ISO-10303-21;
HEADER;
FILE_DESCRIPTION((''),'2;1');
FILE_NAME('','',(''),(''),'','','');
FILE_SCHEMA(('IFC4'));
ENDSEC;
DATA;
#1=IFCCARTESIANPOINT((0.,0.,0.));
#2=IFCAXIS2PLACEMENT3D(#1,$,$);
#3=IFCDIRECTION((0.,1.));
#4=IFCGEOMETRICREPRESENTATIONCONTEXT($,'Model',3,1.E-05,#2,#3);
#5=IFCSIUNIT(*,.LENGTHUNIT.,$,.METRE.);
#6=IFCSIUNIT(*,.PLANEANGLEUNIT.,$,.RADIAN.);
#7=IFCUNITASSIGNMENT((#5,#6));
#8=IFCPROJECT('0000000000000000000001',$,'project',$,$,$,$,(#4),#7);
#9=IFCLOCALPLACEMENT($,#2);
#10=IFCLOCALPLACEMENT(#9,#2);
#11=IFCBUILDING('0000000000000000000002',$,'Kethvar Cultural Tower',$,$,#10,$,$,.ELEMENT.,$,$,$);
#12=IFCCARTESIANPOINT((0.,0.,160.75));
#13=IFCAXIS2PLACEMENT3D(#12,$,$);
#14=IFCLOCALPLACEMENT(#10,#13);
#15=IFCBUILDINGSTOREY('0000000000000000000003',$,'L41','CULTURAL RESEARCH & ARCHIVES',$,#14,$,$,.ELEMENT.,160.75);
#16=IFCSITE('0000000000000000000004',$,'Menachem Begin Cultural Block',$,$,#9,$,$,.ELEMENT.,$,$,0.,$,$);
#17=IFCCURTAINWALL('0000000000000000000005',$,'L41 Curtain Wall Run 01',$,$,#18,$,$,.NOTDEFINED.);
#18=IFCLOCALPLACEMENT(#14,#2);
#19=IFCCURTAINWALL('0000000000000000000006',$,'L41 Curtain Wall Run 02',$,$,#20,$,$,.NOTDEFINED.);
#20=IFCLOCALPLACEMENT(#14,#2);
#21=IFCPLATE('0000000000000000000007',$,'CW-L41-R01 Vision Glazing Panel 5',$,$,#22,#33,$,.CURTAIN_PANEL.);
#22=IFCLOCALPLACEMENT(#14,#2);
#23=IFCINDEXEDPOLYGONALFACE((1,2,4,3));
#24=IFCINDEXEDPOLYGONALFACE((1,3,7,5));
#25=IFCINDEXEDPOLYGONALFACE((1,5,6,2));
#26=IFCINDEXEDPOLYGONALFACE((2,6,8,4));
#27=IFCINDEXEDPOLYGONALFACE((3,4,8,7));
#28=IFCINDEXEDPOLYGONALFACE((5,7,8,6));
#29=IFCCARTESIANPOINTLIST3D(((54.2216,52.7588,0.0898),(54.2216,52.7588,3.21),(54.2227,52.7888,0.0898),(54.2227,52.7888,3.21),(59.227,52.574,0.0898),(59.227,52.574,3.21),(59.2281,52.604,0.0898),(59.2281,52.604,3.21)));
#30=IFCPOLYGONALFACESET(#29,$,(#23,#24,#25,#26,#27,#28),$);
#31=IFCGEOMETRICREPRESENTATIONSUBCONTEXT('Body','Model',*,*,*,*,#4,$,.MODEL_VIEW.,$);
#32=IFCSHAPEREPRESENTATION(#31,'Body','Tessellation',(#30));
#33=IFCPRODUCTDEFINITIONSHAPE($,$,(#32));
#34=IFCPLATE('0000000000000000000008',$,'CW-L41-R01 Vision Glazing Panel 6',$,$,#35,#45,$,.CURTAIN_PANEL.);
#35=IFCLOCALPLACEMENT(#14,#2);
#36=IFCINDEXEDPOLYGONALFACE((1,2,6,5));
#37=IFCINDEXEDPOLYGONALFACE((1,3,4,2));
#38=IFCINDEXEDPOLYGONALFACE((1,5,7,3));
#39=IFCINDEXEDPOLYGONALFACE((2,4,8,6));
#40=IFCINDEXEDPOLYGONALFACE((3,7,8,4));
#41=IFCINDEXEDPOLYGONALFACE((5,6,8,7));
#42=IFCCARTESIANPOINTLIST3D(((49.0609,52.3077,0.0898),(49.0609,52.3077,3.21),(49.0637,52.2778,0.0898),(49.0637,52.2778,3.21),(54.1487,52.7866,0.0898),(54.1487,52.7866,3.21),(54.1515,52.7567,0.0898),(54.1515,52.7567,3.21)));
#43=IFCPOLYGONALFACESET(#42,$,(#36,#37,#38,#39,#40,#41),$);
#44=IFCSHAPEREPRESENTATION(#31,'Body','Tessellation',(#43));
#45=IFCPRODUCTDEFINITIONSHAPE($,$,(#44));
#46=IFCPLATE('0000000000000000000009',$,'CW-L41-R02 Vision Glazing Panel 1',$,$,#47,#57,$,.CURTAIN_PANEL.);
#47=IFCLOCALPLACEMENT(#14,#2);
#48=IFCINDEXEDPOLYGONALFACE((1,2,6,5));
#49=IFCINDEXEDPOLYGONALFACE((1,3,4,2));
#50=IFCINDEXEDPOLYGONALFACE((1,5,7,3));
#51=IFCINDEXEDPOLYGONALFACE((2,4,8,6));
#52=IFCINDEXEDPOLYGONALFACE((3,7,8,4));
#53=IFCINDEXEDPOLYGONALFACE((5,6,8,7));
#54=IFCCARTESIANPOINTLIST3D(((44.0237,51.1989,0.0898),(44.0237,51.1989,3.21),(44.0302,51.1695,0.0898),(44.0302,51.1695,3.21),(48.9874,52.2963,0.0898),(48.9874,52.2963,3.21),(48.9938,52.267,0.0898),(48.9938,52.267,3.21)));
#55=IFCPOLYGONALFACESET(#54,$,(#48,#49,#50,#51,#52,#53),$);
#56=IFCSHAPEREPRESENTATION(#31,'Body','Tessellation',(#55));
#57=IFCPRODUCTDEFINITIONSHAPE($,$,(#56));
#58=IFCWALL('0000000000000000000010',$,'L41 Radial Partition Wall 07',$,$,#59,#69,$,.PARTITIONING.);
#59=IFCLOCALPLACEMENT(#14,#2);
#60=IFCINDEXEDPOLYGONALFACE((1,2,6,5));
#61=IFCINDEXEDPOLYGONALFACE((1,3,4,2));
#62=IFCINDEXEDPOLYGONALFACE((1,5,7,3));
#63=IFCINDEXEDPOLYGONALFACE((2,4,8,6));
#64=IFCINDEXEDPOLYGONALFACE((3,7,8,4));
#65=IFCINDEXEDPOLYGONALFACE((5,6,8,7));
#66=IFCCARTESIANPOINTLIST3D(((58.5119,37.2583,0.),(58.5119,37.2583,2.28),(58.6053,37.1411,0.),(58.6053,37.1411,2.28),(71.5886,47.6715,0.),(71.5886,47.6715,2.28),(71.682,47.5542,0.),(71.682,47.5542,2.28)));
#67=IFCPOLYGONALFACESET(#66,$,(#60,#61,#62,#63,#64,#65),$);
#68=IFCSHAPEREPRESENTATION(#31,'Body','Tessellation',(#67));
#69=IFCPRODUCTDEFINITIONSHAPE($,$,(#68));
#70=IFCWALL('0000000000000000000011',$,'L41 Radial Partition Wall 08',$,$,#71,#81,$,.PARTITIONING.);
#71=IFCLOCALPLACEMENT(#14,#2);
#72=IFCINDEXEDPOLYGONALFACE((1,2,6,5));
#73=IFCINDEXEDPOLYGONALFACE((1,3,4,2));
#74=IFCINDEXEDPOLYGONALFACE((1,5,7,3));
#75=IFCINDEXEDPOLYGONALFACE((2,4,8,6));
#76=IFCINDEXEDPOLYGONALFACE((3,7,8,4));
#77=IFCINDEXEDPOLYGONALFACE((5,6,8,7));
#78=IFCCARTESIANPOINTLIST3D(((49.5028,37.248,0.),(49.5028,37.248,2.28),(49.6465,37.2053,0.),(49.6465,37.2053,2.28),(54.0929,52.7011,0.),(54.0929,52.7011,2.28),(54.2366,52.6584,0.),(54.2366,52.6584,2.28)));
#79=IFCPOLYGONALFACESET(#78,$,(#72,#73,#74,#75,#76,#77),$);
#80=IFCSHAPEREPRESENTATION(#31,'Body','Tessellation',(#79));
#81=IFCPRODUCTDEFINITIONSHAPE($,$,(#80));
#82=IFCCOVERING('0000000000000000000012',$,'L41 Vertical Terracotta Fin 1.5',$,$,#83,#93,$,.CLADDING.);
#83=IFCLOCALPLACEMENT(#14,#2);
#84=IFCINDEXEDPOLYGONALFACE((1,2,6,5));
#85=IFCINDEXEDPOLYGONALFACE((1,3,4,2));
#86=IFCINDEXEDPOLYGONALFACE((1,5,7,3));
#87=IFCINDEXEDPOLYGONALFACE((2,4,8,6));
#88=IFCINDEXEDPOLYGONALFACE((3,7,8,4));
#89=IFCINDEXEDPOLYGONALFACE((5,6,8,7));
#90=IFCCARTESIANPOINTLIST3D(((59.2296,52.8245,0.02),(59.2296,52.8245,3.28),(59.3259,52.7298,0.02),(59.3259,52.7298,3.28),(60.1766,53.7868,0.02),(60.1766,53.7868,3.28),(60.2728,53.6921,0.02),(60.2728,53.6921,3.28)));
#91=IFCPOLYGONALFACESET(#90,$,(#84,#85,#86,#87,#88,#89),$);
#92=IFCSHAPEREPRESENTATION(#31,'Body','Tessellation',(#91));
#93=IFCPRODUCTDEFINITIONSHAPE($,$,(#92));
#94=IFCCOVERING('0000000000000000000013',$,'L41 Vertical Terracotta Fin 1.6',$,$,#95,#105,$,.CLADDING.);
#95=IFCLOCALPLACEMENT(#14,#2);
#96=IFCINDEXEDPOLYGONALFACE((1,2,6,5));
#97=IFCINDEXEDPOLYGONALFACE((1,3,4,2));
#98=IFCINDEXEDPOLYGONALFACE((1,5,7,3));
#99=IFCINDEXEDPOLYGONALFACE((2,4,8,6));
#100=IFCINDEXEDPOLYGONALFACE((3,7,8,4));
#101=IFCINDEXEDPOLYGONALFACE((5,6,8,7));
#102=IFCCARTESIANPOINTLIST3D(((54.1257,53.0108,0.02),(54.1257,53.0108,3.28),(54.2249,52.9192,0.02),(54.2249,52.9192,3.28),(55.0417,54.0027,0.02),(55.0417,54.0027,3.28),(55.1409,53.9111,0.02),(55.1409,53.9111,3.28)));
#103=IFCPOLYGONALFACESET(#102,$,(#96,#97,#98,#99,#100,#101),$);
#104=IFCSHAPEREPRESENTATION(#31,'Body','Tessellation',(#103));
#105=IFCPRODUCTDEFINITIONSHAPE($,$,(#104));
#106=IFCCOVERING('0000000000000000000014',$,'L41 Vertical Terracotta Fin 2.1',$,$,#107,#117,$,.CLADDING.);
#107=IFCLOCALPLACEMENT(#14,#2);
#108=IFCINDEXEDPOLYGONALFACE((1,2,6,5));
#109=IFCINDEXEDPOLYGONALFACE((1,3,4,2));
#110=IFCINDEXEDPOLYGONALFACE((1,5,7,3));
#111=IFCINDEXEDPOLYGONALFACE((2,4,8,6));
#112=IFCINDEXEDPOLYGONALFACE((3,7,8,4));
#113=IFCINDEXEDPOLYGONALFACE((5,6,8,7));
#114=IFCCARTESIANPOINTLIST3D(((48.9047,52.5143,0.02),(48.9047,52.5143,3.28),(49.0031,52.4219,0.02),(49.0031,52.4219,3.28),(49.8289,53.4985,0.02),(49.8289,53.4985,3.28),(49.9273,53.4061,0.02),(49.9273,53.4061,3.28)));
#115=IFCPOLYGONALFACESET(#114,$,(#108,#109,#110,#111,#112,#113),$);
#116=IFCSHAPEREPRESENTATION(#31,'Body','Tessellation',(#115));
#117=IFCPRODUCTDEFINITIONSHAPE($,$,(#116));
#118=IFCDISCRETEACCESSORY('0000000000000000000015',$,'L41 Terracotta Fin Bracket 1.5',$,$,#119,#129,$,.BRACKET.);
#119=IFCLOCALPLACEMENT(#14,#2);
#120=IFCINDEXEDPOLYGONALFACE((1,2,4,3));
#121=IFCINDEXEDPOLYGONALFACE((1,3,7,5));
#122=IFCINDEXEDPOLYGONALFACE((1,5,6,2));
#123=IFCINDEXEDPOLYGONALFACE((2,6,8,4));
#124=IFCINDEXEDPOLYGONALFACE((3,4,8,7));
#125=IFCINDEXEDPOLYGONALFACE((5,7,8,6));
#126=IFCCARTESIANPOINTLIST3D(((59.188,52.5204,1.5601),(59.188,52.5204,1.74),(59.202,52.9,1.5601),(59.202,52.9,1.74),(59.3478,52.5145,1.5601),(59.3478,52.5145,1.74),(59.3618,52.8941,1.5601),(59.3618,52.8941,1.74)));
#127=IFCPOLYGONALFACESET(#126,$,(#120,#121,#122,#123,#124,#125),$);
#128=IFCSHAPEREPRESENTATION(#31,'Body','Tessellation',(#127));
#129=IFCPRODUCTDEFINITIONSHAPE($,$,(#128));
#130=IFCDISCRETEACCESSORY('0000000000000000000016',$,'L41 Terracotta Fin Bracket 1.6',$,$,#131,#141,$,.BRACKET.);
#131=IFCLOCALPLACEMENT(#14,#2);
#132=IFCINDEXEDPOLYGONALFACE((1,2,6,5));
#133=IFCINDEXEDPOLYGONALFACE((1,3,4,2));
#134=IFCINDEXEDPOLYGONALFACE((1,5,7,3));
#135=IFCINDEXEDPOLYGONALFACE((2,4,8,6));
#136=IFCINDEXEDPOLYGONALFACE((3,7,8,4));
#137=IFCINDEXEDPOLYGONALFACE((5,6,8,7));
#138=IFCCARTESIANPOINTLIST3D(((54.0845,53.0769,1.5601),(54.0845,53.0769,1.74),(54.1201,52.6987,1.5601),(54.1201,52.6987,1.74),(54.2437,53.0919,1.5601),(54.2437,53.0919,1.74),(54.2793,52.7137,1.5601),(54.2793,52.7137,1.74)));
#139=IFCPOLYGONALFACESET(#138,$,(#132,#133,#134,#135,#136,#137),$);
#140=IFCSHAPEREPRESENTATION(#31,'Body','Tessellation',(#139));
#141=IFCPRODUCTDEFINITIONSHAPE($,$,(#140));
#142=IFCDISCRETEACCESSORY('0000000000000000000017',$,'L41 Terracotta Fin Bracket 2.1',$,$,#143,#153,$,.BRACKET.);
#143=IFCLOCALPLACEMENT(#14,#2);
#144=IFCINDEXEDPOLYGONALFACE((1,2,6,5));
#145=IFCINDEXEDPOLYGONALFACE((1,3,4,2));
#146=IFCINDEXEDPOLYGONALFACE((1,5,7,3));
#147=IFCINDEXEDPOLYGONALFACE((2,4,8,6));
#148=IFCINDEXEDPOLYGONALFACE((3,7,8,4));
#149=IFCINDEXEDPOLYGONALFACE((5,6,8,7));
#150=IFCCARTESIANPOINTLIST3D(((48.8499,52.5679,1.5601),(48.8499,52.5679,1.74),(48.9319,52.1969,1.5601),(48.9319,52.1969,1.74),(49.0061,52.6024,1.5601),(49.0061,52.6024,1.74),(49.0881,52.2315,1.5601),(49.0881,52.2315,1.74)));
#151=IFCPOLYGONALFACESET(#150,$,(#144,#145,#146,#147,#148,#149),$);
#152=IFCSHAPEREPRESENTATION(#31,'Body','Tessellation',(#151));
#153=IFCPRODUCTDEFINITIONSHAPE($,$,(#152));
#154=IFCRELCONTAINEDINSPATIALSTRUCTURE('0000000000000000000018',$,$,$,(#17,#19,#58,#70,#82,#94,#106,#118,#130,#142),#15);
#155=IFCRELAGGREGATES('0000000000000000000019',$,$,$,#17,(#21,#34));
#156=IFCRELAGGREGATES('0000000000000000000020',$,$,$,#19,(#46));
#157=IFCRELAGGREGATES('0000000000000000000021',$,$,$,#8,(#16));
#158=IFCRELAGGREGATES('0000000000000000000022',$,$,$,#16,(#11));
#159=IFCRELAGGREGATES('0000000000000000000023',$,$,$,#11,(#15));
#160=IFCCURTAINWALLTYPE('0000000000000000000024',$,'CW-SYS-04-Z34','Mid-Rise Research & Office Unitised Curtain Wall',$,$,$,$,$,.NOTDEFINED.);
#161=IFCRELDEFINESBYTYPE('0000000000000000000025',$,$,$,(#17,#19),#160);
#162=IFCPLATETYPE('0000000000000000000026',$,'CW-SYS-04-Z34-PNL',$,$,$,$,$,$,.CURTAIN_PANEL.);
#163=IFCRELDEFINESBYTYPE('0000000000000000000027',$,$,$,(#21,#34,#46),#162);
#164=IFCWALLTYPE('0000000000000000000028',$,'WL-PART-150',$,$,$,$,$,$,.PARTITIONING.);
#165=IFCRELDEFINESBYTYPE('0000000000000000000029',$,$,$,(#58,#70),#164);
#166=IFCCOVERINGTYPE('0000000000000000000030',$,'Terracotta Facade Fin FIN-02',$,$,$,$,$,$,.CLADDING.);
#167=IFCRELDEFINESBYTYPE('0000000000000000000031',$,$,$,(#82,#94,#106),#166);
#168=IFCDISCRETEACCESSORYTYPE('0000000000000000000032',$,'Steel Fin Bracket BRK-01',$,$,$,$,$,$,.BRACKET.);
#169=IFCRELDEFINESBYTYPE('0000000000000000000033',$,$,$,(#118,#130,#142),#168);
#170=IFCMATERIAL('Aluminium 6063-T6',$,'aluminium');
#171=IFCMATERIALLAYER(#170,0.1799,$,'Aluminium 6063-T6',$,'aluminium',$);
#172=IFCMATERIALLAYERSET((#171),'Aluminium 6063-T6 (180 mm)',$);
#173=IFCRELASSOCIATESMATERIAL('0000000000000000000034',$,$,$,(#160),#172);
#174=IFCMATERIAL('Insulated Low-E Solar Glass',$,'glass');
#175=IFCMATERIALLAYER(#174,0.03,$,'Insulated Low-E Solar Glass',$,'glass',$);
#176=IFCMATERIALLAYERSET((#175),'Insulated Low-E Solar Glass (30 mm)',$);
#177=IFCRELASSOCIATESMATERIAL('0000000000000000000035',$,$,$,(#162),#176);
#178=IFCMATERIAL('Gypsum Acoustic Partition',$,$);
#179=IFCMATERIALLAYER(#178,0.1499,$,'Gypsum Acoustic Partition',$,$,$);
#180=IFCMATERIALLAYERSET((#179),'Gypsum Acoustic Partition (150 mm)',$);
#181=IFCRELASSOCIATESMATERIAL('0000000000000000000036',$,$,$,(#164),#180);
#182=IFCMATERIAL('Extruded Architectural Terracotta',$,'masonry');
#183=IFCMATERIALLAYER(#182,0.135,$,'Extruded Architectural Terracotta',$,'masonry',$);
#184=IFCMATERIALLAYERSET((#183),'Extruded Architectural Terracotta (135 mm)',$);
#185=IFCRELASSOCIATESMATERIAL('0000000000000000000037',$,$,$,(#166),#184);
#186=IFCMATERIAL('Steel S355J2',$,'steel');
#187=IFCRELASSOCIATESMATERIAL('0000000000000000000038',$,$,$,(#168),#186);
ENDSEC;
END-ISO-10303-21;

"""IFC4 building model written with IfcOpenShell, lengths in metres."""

from ifc_helpers import new_model, si_unit, direction, frame, frame_2d, origin, origin_2d, place, context, subcontext, project, spatial, rectangle, extrude, source, transform, mapped, material, layer, layer_set, type_object, element, aggregate, save


model = new_model("IFC4")

# Units and contexts
model_context = context("Model", 3, precision=1e-05, world=origin(), true_north=direction((0.0, 1.0)))
body_context = subcontext(model_context, "Body", "Model", "MODEL_VIEW")
ifc_project = project(units=[si_unit("LENGTHUNIT", "METRE"), si_unit("PLANEANGLEUNIT", "RADIAN")], contexts=[model_context])

# Site, building, storey
site_placement = place(None, origin())
site = spatial("IfcSite", under=ifc_project, at=site_placement, Name="Menachem Begin Cultural Block", CompositionType="ELEMENT", RefElevation=0.0)
building_placement = place(site_placement, origin())
building = spatial("IfcBuilding", under=site, at=building_placement, Name="Kethvar Cultural Tower", CompositionType="ELEMENT")
storey_placement = place(building_placement, frame((0.0, 0.0, 160.75)))
storey = spatial("IfcBuildingStorey", under=building, at=storey_placement, Name="L41", Description="CULTURAL RESEARCH & ARCHIVES", CompositionType="ELEMENT", Elevation=160.75)

# Shared definitions
ifc_material_1 = material(Name="Steel S355J2", Category="steel")

# Curtain wall
ifc_material_2 = material(Name="Aluminium 6063-T6", Category="aluminium")
ifc_layer_1 = layer(ifc_material_2, 0.1799, Name="Aluminium 6063-T6", Category="aluminium")
ifc_layer_set_1 = layer_set([ifc_layer_1], Name="Aluminium 6063-T6 (180 mm)")
curtain_wall_type = type_object("IfcCurtainWallType", Name="CW-SYS-04-Z34", Description="Mid-Rise Research & Office Unitised Curtain Wall", PredefinedType="NOTDEFINED", material=ifc_layer_set_1)
curtain_wall_1_placement = place(storey_placement, origin())
curtain_wall_1 = element("IfcCurtainWall", 1, at=curtain_wall_1_placement, inside=storey, type_object=curtain_wall_type, Name="L41 Curtain Wall Run 01", PredefinedType="NOTDEFINED")

# Curtain wall
curtain_wall_2_placement = place(storey_placement, origin())
curtain_wall_2 = element("IfcCurtainWall", 2, at=curtain_wall_2_placement, inside=storey, type_object=curtain_wall_type, Name="L41 Curtain Wall Run 02", PredefinedType="NOTDEFINED")

# Plates
ifc_material_3 = material(Name="Insulated Low-E Solar Glass", Category="glass")
ifc_layer_2 = layer(ifc_material_3, 0.03, Name="Insulated Low-E Solar Glass", Category="glass")
ifc_layer_set_2 = layer_set([ifc_layer_2], Name="Insulated Low-E Solar Glass (30 mm)")
plate_type = type_object("IfcPlateType", Name="CW-SYS-04-Z34-PNL", PredefinedType="CURTAIN_PANEL", material=ifc_layer_set_2)
shared_shape_1 = source(origin(), body_context, "Body", "SweptSolid", [
    extrude(rectangle(XDim=5.0088, YDim=0.03, at=origin_2d()), origin(), (0.0, 0.0, 1.0), 3.1201),
])
plate_1_placement = place(storey_placement, frame((56.7249, 52.6814, 0.0898), z_axis=(0.0, 0.0, 1.0), x_axis=(-0.999319, 0.036905, 0.0)))
plate_1 = element("IfcPlate", 3, at=plate_1_placement, type_object=plate_type, Name="CW-L41-R01 Vision Glazing Panel 5", PredefinedType="CURTAIN_PANEL", context=body_context, shape_type="MappedRepresentation", body=[
    mapped(shared_shape_1, transform((0.0, 0.0, 0.0), scale=1.0)),
])
shared_shape_2 = source(origin(), body_context, "Body", "SweptSolid", [
    extrude(rectangle(XDim=5.1104, YDim=0.03, at=origin_2d()), origin(), (0.0, 0.0, 1.0), 3.1201),
])
plate_2_placement = place(storey_placement, frame((51.6062, 52.5322, 0.0898), z_axis=(0.0, 0.0, 1.0), x_axis=(-0.9956, -0.093709, 0.0)))
plate_2 = element("IfcPlate", 4, at=plate_2_placement, type_object=plate_type, Name="CW-L41-R01 Vision Glazing Panel 6", PredefinedType="CURTAIN_PANEL", context=body_context, shape_type="MappedRepresentation", body=[
    mapped(shared_shape_2, transform((0.0, 0.0, 0.0), scale=1.0)),
])
aggregate(curtain_wall_1, [plate_1, plate_2])
shared_shape_3 = source(origin(), body_context, "Body", "SweptSolid", [
    extrude(rectangle(XDim=5.0835, YDim=0.03, at=origin_2d()), origin(), (0.0, 0.0, 1.0), 3.1201),
])
plate_3_placement = place(storey_placement, frame((46.5088, 51.7329, 0.0898), z_axis=(0.0, 0.0, 1.0), x_axis=(-0.976421, -0.215877, 0.0)))
plate_3 = element("IfcPlate", 5, at=plate_3_placement, type_object=plate_type, Name="CW-L41-R02 Vision Glazing Panel 1", PredefinedType="CURTAIN_PANEL", context=body_context, shape_type="MappedRepresentation", body=[
    mapped(shared_shape_3, transform((0.0, 0.0, 0.0), scale=1.0)),
])
aggregate(curtain_wall_2, [plate_3])

# Walls
ifc_material_4 = material(Name="Gypsum Acoustic Partition")
ifc_layer_3 = layer(ifc_material_4, 0.1499, Name="Gypsum Acoustic Partition")
ifc_layer_set_3 = layer_set([ifc_layer_3], Name="Gypsum Acoustic Partition (150 mm)")
wall_type_1 = type_object("IfcWallType", Name="WL-PART-150", PredefinedType="PARTITIONING", material=ifc_layer_set_3)
wall_1_placement = place(storey_placement, frame((58.5586, 37.1997, 0.0), z_axis=(0.0, 0.0, 1.0), x_axis=(0.782275, 0.622934, 0.0)))
element("IfcWall", 6, at=wall_1_placement, inside=storey, type_object=wall_type_1, Name="L41 Radial Partition Wall 07", PredefinedType="PARTITIONING", context=body_context, shape_type="SweptSolid", body=[
    extrude(rectangle(XDim=16.7163, YDim=0.1499, at=frame_2d((8.3582, 0.0))), origin(), (0.0, 0.0, 1.0), 2.28),
])
wall_2_placement = place(storey_placement, frame((49.5747, 37.2268, 0.0), z_axis=(0.0, 0.0, 1.0), x_axis=(0.284737, 0.958606, 0.0)))
element("IfcWall", 7, at=wall_2_placement, inside=storey, type_object=wall_type_1, Name="L41 Radial Partition Wall 08", PredefinedType="PARTITIONING", context=body_context, shape_type="SweptSolid", body=[
    extrude(rectangle(XDim=16.1204, YDim=0.1499, at=frame_2d((8.0601, 0.0))), origin(), (0.0, 0.0, 1.0), 2.28),
])

# Coverings
ifc_material_5 = material(Name="Extruded Architectural Terracotta", Category="masonry")
ifc_layer_4 = layer(ifc_material_5, 0.135, Name="Extruded Architectural Terracotta", Category="masonry")
ifc_layer_set_4 = layer_set([ifc_layer_4], Name="Extruded Architectural Terracotta (135 mm)")
covering_type = type_object("IfcCoveringType", Name="Terracotta Facade Fin FIN-02", PredefinedType="CLADDING", material=ifc_layer_set_4)
shared_shape_4 = source(origin(), body_context, "Body", "SweptSolid", [
    extrude(rectangle(XDim=1.3501, YDim=0.135, at=origin_2d()), origin(), (0.0, 0.0, 1.0), 3.26),
])
for number, where, z_axis, x_axis, name in (
    (8, (59.7512, 53.2583, 0.02), (0.0, 0.0, 1.0), (0.701407, 0.712761, 0.0), "L41 Vertical Terracotta Fin 1.5"),
    (9, (54.6333, 53.4609, 0.02), (0.0, 0.0, 1.0), (0.678416, 0.734678, 0.0), "L41 Vertical Terracotta Fin 1.6"),
    (10, (49.416, 52.9602, 0.02), (0.0, 0.0, 1.0), (0.684547, 0.728969, 0.0), "L41 Vertical Terracotta Fin 2.1"),
):
    element("IfcCovering", number, at=place(storey_placement, frame(where, z_axis=z_axis, x_axis=x_axis)), inside=storey, type_object=covering_type, Name=name, PredefinedType="CLADDING", context=body_context, shape_type="MappedRepresentation", body=[
        mapped(shared_shape_4, transform((0.0, 0.0, 0.0), scale=1.0)),
    ])

# Discrete accessories
discrete_accessory_type = type_object("IfcDiscreteAccessoryType", Name="Steel Fin Bracket BRK-01", PredefinedType="BRACKET", material=ifc_material_1)
shared_shape_5 = source(origin(), body_context, "Body", "SweptSolid", [
    extrude(rectangle(XDim=0.3799, YDim=0.1599, at=origin_2d()), origin(), (0.0, 0.0, 1.0), 0.1799),
])
for number, where, z_axis, x_axis, name in (
    (11, (59.2749, 52.7073, 1.5601), (0.0, 0.0, 1.0), (0.036818, 0.999322, 0.0), "L41 Terracotta Fin Bracket 1.5"),
    (12, (54.1819, 52.8953, 1.5601), (0.0, 0.0, 1.0), (-0.093761, 0.995595, 0.0), "L41 Terracotta Fin Bracket 1.6"),
    (13, (48.969, 52.3997, 1.5601), (0.0, 0.0, 1.0), (-0.215928, 0.976409, 0.0), "L41 Terracotta Fin Bracket 2.1"),
):
    element("IfcDiscreteAccessory", number, at=place(storey_placement, frame(where, z_axis=z_axis, x_axis=x_axis)), inside=storey, type_object=discrete_accessory_type, Name=name, PredefinedType="BRACKET", context=body_context, shape_type="MappedRepresentation", body=[
        mapped(shared_shape_5, transform((0.0, 0.0, 0.0), scale=1.0)),
    ])

save(model, "model.ifc")
